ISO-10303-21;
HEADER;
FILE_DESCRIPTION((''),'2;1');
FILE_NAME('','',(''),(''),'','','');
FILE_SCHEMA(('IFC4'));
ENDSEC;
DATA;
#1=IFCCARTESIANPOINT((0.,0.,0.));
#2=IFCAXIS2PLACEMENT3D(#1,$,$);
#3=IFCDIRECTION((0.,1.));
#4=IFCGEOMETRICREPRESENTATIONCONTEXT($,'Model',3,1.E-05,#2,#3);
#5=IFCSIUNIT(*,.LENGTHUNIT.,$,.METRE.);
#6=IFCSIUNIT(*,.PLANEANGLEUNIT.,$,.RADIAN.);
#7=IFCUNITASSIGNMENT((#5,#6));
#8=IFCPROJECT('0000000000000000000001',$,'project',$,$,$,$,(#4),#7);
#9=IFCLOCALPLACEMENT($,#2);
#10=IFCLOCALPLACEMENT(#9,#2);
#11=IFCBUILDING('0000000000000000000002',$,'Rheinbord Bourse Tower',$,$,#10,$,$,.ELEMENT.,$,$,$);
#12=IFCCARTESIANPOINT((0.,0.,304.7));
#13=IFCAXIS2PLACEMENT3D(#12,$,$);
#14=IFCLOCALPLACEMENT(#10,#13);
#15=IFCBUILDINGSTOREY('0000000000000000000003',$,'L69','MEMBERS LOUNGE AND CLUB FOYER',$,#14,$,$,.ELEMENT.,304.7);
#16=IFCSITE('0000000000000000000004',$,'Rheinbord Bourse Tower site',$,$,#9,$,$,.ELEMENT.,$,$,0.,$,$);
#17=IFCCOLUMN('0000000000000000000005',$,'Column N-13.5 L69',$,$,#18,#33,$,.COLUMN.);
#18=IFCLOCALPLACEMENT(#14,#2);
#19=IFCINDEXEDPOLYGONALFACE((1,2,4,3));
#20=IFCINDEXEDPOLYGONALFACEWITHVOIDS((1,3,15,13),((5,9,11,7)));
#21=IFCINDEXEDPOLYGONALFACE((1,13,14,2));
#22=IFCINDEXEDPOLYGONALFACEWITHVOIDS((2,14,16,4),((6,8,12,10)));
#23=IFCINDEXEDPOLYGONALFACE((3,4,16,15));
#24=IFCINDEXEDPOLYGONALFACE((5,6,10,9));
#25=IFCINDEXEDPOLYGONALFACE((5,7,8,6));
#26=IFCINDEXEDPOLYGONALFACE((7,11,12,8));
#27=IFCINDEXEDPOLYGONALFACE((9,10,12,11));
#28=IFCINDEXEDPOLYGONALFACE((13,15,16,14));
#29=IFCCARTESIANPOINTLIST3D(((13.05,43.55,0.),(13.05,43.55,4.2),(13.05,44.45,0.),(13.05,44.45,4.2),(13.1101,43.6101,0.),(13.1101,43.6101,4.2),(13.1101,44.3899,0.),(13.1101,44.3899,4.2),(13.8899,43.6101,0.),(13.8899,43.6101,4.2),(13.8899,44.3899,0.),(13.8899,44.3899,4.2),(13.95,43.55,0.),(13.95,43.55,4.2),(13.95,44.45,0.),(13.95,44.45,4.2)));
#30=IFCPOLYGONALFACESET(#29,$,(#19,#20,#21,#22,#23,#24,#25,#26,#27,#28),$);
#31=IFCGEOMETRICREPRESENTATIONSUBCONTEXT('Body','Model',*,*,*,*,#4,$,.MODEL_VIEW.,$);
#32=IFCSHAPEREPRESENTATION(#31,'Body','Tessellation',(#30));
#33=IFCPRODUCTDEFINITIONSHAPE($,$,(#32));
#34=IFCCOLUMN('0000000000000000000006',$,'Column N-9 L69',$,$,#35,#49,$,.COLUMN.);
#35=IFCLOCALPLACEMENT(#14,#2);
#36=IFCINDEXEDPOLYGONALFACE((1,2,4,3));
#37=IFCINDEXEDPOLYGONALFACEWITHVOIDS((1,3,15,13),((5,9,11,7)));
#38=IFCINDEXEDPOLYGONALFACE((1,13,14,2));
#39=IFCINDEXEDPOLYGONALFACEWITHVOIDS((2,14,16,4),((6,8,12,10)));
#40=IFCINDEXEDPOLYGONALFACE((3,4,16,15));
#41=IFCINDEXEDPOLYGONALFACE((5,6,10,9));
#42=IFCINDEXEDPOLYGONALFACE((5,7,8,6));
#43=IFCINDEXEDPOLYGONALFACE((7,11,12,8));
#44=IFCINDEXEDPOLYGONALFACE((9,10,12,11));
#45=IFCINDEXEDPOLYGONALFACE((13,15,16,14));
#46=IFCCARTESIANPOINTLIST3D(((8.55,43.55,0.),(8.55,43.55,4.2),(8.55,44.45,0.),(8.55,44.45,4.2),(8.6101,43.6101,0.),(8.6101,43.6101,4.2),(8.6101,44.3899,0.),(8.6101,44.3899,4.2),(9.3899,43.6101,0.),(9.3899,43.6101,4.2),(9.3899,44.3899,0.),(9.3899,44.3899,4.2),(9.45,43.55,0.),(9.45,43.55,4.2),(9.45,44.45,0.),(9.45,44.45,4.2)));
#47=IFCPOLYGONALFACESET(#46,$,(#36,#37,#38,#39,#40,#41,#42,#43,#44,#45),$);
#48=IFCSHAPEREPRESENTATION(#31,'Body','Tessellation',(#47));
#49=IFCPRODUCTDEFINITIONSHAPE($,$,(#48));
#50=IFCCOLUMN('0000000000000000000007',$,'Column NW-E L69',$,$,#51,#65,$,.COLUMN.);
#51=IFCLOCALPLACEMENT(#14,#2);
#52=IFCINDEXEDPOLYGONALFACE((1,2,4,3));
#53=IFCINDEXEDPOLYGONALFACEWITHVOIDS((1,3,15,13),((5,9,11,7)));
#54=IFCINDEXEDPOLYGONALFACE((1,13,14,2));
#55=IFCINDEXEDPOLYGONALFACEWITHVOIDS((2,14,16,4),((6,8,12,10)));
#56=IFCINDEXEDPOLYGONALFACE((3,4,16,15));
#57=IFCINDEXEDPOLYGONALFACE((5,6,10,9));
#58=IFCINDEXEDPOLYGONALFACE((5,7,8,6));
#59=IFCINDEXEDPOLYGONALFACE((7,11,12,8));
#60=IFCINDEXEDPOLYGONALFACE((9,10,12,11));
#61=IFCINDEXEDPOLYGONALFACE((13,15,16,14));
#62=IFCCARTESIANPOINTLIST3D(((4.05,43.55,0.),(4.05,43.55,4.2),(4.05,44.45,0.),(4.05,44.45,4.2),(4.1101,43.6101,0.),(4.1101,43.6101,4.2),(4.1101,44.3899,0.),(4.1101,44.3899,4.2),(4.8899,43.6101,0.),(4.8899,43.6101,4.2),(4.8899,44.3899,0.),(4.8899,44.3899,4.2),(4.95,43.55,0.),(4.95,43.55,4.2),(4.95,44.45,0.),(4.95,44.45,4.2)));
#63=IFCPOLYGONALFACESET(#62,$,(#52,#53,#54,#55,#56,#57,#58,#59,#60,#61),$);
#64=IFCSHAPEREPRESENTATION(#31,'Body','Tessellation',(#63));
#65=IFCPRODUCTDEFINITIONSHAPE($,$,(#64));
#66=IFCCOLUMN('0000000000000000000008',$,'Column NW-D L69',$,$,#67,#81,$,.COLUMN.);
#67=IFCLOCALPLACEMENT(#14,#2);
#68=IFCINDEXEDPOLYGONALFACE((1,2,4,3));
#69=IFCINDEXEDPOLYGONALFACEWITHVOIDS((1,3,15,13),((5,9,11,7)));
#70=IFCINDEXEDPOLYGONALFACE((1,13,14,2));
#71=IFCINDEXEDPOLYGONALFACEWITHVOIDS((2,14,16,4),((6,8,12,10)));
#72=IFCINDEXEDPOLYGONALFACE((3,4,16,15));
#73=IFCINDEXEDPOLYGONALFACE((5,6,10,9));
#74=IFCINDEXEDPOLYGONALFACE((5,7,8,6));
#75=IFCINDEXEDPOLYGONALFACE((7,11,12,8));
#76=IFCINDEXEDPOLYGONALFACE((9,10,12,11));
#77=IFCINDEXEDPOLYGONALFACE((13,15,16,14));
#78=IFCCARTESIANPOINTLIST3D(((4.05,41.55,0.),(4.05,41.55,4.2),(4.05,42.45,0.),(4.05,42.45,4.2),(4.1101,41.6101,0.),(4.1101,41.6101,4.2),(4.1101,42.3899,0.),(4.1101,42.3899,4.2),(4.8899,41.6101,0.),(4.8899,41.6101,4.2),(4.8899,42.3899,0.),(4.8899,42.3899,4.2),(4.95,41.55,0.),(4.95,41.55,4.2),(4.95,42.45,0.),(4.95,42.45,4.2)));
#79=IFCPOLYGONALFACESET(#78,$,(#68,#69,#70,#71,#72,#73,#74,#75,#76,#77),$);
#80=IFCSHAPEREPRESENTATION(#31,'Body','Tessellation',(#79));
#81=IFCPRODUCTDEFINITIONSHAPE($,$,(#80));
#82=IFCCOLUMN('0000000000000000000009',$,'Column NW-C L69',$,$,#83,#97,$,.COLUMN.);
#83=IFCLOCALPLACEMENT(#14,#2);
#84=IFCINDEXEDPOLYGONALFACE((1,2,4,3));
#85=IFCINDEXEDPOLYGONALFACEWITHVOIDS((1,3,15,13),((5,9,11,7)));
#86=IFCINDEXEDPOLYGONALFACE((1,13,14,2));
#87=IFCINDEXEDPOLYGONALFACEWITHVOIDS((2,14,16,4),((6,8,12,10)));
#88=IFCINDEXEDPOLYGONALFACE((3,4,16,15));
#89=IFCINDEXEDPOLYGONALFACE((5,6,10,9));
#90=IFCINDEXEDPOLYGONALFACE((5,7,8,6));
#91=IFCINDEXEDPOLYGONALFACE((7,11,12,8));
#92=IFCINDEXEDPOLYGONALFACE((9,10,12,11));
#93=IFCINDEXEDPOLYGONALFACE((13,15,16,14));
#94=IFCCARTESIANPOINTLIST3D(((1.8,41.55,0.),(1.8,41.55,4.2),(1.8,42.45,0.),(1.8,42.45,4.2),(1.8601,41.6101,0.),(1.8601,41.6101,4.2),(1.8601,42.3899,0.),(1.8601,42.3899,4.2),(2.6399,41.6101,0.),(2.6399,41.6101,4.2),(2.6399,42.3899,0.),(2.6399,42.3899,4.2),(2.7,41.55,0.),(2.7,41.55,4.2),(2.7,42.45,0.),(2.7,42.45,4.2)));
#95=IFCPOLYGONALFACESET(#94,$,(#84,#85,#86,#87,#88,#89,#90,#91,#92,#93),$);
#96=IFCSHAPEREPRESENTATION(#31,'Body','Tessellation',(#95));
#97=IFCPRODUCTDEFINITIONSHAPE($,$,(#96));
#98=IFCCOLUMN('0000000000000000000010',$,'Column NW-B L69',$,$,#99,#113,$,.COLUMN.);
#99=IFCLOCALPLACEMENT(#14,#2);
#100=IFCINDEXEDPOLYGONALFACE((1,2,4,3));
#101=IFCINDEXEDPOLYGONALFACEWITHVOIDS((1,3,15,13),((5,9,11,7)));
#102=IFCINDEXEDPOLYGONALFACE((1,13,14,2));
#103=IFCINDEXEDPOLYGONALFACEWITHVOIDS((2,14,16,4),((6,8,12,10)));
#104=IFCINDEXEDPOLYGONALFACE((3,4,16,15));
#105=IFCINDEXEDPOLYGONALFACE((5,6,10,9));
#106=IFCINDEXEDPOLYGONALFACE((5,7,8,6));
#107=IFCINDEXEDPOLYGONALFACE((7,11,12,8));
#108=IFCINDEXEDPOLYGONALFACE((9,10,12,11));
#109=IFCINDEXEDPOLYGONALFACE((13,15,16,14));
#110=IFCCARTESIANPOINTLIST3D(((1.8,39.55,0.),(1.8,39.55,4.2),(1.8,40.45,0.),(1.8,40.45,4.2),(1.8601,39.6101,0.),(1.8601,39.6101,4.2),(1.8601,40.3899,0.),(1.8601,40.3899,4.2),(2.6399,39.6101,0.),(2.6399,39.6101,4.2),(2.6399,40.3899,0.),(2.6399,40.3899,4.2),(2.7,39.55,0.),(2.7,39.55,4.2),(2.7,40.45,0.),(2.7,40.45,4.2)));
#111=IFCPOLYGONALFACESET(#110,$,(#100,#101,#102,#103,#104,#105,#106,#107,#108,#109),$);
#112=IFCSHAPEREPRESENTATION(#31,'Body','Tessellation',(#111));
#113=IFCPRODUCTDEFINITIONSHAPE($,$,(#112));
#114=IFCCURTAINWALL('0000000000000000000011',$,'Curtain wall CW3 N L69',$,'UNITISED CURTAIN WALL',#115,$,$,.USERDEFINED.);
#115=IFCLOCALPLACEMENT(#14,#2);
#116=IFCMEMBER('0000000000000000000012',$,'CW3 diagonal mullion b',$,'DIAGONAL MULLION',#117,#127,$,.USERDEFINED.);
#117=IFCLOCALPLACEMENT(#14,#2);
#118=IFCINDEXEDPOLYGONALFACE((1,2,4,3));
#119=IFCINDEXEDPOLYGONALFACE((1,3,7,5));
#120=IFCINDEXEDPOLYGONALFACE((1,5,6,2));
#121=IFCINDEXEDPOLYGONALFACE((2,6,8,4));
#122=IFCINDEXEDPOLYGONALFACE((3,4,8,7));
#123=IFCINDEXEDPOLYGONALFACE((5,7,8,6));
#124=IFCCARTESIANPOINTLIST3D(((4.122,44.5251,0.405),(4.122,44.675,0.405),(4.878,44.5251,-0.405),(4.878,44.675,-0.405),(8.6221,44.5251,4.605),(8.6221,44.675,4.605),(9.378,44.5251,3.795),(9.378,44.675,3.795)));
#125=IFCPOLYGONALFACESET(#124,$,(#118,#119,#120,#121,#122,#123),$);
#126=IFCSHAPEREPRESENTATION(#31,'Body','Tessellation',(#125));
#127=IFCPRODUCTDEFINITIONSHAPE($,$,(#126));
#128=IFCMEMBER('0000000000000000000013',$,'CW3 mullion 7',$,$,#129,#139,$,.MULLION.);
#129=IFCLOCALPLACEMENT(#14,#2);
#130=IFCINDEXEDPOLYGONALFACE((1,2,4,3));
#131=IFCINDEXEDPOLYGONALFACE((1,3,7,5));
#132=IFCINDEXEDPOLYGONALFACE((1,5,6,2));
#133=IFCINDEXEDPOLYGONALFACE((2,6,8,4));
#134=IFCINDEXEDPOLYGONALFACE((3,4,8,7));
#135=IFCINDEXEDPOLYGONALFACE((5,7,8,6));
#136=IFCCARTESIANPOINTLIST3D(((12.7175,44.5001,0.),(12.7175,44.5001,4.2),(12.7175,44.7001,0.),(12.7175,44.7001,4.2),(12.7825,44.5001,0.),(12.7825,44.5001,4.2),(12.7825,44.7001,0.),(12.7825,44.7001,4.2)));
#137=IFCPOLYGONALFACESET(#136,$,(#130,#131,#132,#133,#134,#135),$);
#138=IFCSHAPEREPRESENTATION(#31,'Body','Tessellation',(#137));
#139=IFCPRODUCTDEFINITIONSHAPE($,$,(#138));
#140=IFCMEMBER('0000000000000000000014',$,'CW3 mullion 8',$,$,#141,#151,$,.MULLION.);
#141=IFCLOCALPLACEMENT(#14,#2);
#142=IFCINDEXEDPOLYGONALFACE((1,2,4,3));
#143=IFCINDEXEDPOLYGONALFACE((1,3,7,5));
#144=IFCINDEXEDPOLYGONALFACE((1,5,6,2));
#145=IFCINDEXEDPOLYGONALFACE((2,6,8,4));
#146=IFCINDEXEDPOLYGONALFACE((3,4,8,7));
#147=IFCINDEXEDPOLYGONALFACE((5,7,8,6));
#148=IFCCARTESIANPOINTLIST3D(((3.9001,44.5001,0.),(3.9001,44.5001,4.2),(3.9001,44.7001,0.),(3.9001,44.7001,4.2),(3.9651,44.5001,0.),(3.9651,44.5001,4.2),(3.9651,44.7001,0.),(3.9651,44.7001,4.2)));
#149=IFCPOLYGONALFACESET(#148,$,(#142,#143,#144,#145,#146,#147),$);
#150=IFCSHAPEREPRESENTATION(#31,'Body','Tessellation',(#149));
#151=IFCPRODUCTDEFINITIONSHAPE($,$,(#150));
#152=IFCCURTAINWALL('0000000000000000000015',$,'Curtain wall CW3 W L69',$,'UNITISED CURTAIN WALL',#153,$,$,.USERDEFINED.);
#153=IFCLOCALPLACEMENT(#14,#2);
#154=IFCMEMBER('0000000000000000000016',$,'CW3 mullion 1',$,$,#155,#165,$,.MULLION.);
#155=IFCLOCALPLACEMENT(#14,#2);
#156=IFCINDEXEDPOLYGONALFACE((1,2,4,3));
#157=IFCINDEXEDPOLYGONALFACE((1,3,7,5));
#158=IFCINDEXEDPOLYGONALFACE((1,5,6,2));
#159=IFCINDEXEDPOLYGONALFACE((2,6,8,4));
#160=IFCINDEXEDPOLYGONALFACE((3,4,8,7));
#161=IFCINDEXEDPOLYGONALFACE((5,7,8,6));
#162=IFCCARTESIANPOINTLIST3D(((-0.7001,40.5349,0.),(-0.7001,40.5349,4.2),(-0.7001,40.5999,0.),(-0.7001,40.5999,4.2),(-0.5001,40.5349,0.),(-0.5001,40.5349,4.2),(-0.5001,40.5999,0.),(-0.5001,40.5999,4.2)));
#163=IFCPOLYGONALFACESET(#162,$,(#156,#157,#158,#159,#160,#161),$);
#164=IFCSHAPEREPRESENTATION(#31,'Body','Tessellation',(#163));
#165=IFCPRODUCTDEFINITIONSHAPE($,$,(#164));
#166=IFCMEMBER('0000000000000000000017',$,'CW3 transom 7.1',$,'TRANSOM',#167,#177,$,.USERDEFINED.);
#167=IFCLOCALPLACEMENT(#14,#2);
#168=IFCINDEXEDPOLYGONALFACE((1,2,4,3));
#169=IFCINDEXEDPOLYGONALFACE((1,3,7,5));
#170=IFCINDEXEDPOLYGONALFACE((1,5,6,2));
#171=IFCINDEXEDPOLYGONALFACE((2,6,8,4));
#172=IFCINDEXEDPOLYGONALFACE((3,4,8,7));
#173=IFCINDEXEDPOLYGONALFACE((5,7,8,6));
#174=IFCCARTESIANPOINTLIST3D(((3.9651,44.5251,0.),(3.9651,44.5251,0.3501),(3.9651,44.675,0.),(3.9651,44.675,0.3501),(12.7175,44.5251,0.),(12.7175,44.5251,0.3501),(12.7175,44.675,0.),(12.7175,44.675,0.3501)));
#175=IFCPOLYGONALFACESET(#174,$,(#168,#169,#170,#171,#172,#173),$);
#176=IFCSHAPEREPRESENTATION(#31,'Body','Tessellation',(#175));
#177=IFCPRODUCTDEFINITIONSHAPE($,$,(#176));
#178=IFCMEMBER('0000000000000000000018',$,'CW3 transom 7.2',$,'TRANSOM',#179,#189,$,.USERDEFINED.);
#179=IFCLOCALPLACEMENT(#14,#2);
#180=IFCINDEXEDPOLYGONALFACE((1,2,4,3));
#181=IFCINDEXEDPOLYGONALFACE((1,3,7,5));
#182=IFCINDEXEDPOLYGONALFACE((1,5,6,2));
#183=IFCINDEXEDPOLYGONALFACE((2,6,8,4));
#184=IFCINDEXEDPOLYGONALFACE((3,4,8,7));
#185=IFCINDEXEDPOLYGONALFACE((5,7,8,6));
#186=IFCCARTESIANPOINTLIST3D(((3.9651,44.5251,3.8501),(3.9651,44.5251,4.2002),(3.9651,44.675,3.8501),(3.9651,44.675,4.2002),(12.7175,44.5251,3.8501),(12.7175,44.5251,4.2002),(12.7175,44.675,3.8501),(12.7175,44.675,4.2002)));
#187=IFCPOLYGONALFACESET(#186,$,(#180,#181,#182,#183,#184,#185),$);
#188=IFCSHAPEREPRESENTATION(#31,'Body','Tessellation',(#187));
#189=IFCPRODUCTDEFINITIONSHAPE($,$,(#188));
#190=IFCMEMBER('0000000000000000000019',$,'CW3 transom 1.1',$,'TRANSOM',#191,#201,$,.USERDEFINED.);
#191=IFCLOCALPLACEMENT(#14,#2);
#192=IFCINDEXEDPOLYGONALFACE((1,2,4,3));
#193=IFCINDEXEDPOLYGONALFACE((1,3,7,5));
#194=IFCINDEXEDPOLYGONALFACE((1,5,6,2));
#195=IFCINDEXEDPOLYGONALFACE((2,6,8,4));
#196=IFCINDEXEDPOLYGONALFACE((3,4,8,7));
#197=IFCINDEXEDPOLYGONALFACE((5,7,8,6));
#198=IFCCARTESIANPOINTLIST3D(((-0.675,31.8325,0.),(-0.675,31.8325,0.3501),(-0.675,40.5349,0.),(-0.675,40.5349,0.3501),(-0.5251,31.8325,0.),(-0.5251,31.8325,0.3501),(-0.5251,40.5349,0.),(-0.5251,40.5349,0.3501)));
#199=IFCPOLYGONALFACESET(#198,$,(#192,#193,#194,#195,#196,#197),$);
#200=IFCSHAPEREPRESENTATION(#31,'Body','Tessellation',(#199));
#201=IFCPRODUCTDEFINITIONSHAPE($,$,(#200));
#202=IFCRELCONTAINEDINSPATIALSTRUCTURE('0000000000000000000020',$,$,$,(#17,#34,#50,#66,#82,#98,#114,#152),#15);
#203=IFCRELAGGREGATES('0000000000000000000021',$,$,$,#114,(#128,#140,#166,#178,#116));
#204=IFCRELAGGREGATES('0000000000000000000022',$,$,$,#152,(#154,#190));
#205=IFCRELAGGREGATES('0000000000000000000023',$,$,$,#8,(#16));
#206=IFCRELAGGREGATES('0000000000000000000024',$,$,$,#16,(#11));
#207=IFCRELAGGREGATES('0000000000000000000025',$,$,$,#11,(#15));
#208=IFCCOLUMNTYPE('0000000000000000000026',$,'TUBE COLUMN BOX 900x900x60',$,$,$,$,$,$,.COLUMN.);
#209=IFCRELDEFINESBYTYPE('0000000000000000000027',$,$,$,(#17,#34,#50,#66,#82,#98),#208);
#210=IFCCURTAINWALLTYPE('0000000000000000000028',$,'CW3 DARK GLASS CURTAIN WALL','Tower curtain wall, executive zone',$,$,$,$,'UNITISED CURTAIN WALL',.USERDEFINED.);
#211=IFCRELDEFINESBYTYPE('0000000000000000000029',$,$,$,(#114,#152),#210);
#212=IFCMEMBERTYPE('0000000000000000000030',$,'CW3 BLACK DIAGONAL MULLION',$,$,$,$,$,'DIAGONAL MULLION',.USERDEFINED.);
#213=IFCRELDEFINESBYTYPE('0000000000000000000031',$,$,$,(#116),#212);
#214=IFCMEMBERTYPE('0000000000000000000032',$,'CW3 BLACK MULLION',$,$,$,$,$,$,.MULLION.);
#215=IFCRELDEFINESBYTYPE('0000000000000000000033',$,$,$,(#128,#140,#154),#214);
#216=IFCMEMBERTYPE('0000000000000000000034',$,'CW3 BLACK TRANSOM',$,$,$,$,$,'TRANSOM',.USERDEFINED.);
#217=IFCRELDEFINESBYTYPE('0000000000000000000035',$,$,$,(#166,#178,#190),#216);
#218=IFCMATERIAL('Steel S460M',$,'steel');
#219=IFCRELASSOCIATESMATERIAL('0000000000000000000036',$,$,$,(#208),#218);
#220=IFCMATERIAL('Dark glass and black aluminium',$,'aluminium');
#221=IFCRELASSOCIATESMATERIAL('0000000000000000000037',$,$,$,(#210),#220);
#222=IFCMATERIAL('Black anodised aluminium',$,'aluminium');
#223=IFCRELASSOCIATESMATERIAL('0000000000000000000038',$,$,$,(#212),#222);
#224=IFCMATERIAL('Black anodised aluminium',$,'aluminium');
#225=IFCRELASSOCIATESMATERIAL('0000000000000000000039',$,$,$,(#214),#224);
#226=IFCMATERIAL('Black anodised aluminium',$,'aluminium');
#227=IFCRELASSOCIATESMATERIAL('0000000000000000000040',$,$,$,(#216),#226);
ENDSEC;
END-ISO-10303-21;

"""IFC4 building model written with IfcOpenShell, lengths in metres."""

from ifc_helpers import new_model, si_unit, direction, frame, origin, origin_2d, place, context, subcontext, project, spatial, rectangle, hollow_rectangle, extrude, material, material_profile, profile_set, type_object, element, aggregate, save


model = new_model("IFC4")

# Units and contexts
model_context = context("Model", 3, precision=1e-05, world=origin(), true_north=direction((0.0, 1.0)))
body_context = subcontext(model_context, "Body", "Model", "MODEL_VIEW")
ifc_project = project(units=[si_unit("LENGTHUNIT", "METRE"), si_unit("PLANEANGLEUNIT", "RADIAN")], contexts=[model_context])

# Site, building, storey
site_placement = place(None, origin())
site = spatial("IfcSite", under=ifc_project, at=site_placement, Name="Rheinbord Bourse Tower site", CompositionType="ELEMENT", RefElevation=0.0)
building_placement = place(site_placement, origin())
building = spatial("IfcBuilding", under=site, at=building_placement, Name="Rheinbord Bourse Tower", CompositionType="ELEMENT")
storey_placement = place(building_placement, frame((0.0, 0.0, 304.7)))
storey = spatial("IfcBuildingStorey", under=building, at=storey_placement, Name="L69", Description="MEMBERS LOUNGE AND CLUB FOYER", CompositionType="ELEMENT", Elevation=304.7)

# Columns
ifc_material_1 = material(Name="Steel S460M", Category="steel")
ifc_material_profile_1 = material_profile(ifc_material_1, hollow_rectangle(XDim=0.8999, YDim=0.8999, WallThickness=0.0601, at=origin_2d()), Name="BOX 900x900x60")
ifc_profile_set_1 = profile_set([ifc_material_profile_1], Name="Steel S460M")
column_type = type_object("IfcColumnType", Name="TUBE COLUMN BOX 900x900x60", PredefinedType="COLUMN", material=ifc_profile_set_1)
for number, where, z_axis, x_axis, name in (
    (1, (13.5, 44.0, 0.0), (0.0, 0.0, 1.0), (0.0, 1.0, 0.0), "Column N-13.5 L69"),
    (2, (9.0, 44.0, 0.0), (0.0, 0.0, 1.0), (0.0, 1.0, 0.0), "Column N-9 L69"),
    (3, (4.5, 44.0, 0.0), (0.0, 0.0, 1.0), (0.0, 1.0, 0.0), "Column NW-E L69"),
    (4, (4.5, 42.0, 0.0), (0.0, 0.0, 1.0), (0.0, 1.0, 0.0), "Column NW-D L69"),
    (5, (2.25, 42.0, 0.0), (0.0, 0.0, 1.0), (1.0, 0.0, 0.0), "Column NW-C L69"),
    (6, (2.25, 40.0, 0.0), (0.0, 0.0, 1.0), (1.0, 0.0, 0.0), "Column NW-B L69"),
):
    element("IfcColumn", number, at=place(storey_placement, frame(where, z_axis=z_axis, x_axis=x_axis)), inside=storey, type_object=column_type, Name=name, PredefinedType="COLUMN", context=body_context, shape_type="SweptSolid", body=[
        extrude(hollow_rectangle(XDim=0.8999, YDim=0.8999, WallThickness=0.0601, at=origin_2d()), origin(), (0.0, 0.0, 1.0), 4.2),
    ])

# Curtain wall, members
ifc_material_2 = material(Name="Dark glass and black aluminium", Category="aluminium")
curtain_wall_type = type_object("IfcCurtainWallType", Name="CW3 DARK GLASS CURTAIN WALL", Description="Tower curtain wall, executive zone", ElementType="UNITISED CURTAIN WALL", PredefinedType="USERDEFINED", material=ifc_material_2)
curtain_wall_1_placement = place(storey_placement, origin())
curtain_wall_1 = element("IfcCurtainWall", 7, at=curtain_wall_1_placement, inside=storey, type_object=curtain_wall_type, Name="Curtain wall CW3 N L69", ObjectType="UNITISED CURTAIN WALL", PredefinedType="USERDEFINED")
ifc_material_3 = material(Name="Black anodised aluminium", Category="aluminium")
ifc_material_profile_2 = material_profile(ifc_material_3, rectangle(XDim=0.1499, YDim=1.1079, at=origin_2d()), Name="CW3 DIAGONAL MULLION 1108x150")
ifc_profile_set_2 = profile_set([ifc_material_profile_2], Name="Black anodised aluminium")
member_type_1 = type_object("IfcMemberType", Name="CW3 BLACK DIAGONAL MULLION", ElementType="DIAGONAL MULLION", PredefinedType="USERDEFINED", material=ifc_profile_set_2)
member_1_placement = place(storey_placement, frame((4.5, 44.6001, 0.0), z_axis=(0.731059, 0.0, 0.682314), x_axis=(0.0, 1.0, 0.0)))
member_1 = element("IfcMember", 8, at=member_1_placement, type_object=member_type_1, Name="CW3 diagonal mullion b", ObjectType="DIAGONAL MULLION", PredefinedType="USERDEFINED", context=body_context, shape_type="SweptSolid", body=[
    extrude(rectangle(XDim=0.1499, YDim=1.1079, at=origin_2d()), origin(), (0.0, 0.0, 1.0), 6.1555),
])
ifc_material_4 = material(Name="Black anodised aluminium", Category="aluminium")
ifc_material_profile_3 = material_profile(ifc_material_4, rectangle(XDim=0.2, YDim=0.0649, at=origin_2d()), Name="CW3 MULLION 65x200")
ifc_profile_set_3 = profile_set([ifc_material_profile_3], Name="Black anodised aluminium")
member_type_2 = type_object("IfcMemberType", Name="CW3 BLACK MULLION", PredefinedType="MULLION", material=ifc_profile_set_3)
member_2_placement = place(storey_placement, frame((12.75, 44.6001, 0.0), z_axis=(0.0, 0.0, 1.0), x_axis=(0.0, -1.0, 0.0)))
member_2 = element("IfcMember", 9, at=member_2_placement, type_object=member_type_2, Name="CW3 mullion 7", PredefinedType="MULLION", context=body_context, shape_type="SweptSolid", body=[
    extrude(rectangle(XDim=0.2, YDim=0.0649, at=origin_2d()), origin(), (0.0, 0.0, 1.0), 4.2),
])
member_3_placement = place(storey_placement, frame((3.9326, 44.6001, 0.0), z_axis=(0.0, 0.0, 1.0), x_axis=(0.0, -1.0, 0.0)))
member_3 = element("IfcMember", 10, at=member_3_placement, type_object=member_type_2, Name="CW3 mullion 8", PredefinedType="MULLION", context=body_context, shape_type="SweptSolid", body=[
    extrude(rectangle(XDim=0.2, YDim=0.0649, at=origin_2d()), origin(), (0.0, 0.0, 1.0), 4.2),
])

# Curtain wall, member
curtain_wall_2_placement = place(storey_placement, origin())
curtain_wall_2 = element("IfcCurtainWall", 11, at=curtain_wall_2_placement, inside=storey, type_object=curtain_wall_type, Name="Curtain wall CW3 W L69", ObjectType="UNITISED CURTAIN WALL", PredefinedType="USERDEFINED")
member_4_placement = place(storey_placement, frame((-0.6001, 40.5674, 0.0), z_axis=(0.0, 0.0, 1.0), x_axis=(1.0, 0.0, 0.0)))
member_4 = element("IfcMember", 12, at=member_4_placement, type_object=member_type_2, Name="CW3 mullion 1", PredefinedType="MULLION", context=body_context, shape_type="SweptSolid", body=[
    extrude(rectangle(XDim=0.2, YDim=0.0649, at=origin_2d()), origin(), (0.0, 0.0, 1.0), 4.2),
])

# Members
ifc_material_5 = material(Name="Black anodised aluminium", Category="aluminium")
ifc_material_profile_4 = material_profile(ifc_material_5, rectangle(XDim=0.1499, YDim=0.3501, at=origin_2d()), Name="CW3 TRANSOM 350x150")
ifc_profile_set_4 = profile_set([ifc_material_profile_4], Name="Black anodised aluminium")
member_type_3 = type_object("IfcMemberType", Name="CW3 BLACK TRANSOM", ElementType="TRANSOM", PredefinedType="USERDEFINED", material=ifc_profile_set_4)
member_5_placement = place(storey_placement, frame((12.7175, 44.6001, 0.175), z_axis=(-1.0, 0.0, 0.0), x_axis=(0.0, -1.0, 0.0)))
member_5 = element("IfcMember", 13, at=member_5_placement, type_object=member_type_3, Name="CW3 transom 7.1", ObjectType="TRANSOM", PredefinedType="USERDEFINED", context=body_context, shape_type="SweptSolid", body=[
    extrude(rectangle(XDim=0.1499, YDim=0.3501, at=origin_2d()), origin(), (0.0, 0.0, 1.0), 8.7524),
])
member_6_placement = place(storey_placement, frame((12.7175, 44.6001, 4.0251), z_axis=(-1.0, 0.0, 0.0), x_axis=(0.0, -1.0, 0.0)))
member_6 = element("IfcMember", 14, at=member_6_placement, type_object=member_type_3, Name="CW3 transom 7.2", ObjectType="TRANSOM", PredefinedType="USERDEFINED", context=body_context, shape_type="SweptSolid", body=[
    extrude(rectangle(XDim=0.1499, YDim=0.3501, at=origin_2d()), origin(), (0.0, 0.0, 1.0), 8.7524),
])
member_7_placement = place(storey_placement, frame((-0.6001, 40.5349, 0.175), z_axis=(0.0, -1.0, 0.0), x_axis=(1.0, 0.0, 0.0)))
member_7 = element("IfcMember", 15, at=member_7_placement, type_object=member_type_3, Name="CW3 transom 1.1", ObjectType="TRANSOM", PredefinedType="USERDEFINED", context=body_context, shape_type="SweptSolid", body=[
    extrude(rectangle(XDim=0.1499, YDim=0.3501, at=origin_2d()), origin(), (0.0, 0.0, 1.0), 8.7024),
])

aggregate(curtain_wall_1, [member_2, member_3, member_5, member_6, member_1])
aggregate(curtain_wall_2, [member_4, member_7])

save(model, "model.ifc")
